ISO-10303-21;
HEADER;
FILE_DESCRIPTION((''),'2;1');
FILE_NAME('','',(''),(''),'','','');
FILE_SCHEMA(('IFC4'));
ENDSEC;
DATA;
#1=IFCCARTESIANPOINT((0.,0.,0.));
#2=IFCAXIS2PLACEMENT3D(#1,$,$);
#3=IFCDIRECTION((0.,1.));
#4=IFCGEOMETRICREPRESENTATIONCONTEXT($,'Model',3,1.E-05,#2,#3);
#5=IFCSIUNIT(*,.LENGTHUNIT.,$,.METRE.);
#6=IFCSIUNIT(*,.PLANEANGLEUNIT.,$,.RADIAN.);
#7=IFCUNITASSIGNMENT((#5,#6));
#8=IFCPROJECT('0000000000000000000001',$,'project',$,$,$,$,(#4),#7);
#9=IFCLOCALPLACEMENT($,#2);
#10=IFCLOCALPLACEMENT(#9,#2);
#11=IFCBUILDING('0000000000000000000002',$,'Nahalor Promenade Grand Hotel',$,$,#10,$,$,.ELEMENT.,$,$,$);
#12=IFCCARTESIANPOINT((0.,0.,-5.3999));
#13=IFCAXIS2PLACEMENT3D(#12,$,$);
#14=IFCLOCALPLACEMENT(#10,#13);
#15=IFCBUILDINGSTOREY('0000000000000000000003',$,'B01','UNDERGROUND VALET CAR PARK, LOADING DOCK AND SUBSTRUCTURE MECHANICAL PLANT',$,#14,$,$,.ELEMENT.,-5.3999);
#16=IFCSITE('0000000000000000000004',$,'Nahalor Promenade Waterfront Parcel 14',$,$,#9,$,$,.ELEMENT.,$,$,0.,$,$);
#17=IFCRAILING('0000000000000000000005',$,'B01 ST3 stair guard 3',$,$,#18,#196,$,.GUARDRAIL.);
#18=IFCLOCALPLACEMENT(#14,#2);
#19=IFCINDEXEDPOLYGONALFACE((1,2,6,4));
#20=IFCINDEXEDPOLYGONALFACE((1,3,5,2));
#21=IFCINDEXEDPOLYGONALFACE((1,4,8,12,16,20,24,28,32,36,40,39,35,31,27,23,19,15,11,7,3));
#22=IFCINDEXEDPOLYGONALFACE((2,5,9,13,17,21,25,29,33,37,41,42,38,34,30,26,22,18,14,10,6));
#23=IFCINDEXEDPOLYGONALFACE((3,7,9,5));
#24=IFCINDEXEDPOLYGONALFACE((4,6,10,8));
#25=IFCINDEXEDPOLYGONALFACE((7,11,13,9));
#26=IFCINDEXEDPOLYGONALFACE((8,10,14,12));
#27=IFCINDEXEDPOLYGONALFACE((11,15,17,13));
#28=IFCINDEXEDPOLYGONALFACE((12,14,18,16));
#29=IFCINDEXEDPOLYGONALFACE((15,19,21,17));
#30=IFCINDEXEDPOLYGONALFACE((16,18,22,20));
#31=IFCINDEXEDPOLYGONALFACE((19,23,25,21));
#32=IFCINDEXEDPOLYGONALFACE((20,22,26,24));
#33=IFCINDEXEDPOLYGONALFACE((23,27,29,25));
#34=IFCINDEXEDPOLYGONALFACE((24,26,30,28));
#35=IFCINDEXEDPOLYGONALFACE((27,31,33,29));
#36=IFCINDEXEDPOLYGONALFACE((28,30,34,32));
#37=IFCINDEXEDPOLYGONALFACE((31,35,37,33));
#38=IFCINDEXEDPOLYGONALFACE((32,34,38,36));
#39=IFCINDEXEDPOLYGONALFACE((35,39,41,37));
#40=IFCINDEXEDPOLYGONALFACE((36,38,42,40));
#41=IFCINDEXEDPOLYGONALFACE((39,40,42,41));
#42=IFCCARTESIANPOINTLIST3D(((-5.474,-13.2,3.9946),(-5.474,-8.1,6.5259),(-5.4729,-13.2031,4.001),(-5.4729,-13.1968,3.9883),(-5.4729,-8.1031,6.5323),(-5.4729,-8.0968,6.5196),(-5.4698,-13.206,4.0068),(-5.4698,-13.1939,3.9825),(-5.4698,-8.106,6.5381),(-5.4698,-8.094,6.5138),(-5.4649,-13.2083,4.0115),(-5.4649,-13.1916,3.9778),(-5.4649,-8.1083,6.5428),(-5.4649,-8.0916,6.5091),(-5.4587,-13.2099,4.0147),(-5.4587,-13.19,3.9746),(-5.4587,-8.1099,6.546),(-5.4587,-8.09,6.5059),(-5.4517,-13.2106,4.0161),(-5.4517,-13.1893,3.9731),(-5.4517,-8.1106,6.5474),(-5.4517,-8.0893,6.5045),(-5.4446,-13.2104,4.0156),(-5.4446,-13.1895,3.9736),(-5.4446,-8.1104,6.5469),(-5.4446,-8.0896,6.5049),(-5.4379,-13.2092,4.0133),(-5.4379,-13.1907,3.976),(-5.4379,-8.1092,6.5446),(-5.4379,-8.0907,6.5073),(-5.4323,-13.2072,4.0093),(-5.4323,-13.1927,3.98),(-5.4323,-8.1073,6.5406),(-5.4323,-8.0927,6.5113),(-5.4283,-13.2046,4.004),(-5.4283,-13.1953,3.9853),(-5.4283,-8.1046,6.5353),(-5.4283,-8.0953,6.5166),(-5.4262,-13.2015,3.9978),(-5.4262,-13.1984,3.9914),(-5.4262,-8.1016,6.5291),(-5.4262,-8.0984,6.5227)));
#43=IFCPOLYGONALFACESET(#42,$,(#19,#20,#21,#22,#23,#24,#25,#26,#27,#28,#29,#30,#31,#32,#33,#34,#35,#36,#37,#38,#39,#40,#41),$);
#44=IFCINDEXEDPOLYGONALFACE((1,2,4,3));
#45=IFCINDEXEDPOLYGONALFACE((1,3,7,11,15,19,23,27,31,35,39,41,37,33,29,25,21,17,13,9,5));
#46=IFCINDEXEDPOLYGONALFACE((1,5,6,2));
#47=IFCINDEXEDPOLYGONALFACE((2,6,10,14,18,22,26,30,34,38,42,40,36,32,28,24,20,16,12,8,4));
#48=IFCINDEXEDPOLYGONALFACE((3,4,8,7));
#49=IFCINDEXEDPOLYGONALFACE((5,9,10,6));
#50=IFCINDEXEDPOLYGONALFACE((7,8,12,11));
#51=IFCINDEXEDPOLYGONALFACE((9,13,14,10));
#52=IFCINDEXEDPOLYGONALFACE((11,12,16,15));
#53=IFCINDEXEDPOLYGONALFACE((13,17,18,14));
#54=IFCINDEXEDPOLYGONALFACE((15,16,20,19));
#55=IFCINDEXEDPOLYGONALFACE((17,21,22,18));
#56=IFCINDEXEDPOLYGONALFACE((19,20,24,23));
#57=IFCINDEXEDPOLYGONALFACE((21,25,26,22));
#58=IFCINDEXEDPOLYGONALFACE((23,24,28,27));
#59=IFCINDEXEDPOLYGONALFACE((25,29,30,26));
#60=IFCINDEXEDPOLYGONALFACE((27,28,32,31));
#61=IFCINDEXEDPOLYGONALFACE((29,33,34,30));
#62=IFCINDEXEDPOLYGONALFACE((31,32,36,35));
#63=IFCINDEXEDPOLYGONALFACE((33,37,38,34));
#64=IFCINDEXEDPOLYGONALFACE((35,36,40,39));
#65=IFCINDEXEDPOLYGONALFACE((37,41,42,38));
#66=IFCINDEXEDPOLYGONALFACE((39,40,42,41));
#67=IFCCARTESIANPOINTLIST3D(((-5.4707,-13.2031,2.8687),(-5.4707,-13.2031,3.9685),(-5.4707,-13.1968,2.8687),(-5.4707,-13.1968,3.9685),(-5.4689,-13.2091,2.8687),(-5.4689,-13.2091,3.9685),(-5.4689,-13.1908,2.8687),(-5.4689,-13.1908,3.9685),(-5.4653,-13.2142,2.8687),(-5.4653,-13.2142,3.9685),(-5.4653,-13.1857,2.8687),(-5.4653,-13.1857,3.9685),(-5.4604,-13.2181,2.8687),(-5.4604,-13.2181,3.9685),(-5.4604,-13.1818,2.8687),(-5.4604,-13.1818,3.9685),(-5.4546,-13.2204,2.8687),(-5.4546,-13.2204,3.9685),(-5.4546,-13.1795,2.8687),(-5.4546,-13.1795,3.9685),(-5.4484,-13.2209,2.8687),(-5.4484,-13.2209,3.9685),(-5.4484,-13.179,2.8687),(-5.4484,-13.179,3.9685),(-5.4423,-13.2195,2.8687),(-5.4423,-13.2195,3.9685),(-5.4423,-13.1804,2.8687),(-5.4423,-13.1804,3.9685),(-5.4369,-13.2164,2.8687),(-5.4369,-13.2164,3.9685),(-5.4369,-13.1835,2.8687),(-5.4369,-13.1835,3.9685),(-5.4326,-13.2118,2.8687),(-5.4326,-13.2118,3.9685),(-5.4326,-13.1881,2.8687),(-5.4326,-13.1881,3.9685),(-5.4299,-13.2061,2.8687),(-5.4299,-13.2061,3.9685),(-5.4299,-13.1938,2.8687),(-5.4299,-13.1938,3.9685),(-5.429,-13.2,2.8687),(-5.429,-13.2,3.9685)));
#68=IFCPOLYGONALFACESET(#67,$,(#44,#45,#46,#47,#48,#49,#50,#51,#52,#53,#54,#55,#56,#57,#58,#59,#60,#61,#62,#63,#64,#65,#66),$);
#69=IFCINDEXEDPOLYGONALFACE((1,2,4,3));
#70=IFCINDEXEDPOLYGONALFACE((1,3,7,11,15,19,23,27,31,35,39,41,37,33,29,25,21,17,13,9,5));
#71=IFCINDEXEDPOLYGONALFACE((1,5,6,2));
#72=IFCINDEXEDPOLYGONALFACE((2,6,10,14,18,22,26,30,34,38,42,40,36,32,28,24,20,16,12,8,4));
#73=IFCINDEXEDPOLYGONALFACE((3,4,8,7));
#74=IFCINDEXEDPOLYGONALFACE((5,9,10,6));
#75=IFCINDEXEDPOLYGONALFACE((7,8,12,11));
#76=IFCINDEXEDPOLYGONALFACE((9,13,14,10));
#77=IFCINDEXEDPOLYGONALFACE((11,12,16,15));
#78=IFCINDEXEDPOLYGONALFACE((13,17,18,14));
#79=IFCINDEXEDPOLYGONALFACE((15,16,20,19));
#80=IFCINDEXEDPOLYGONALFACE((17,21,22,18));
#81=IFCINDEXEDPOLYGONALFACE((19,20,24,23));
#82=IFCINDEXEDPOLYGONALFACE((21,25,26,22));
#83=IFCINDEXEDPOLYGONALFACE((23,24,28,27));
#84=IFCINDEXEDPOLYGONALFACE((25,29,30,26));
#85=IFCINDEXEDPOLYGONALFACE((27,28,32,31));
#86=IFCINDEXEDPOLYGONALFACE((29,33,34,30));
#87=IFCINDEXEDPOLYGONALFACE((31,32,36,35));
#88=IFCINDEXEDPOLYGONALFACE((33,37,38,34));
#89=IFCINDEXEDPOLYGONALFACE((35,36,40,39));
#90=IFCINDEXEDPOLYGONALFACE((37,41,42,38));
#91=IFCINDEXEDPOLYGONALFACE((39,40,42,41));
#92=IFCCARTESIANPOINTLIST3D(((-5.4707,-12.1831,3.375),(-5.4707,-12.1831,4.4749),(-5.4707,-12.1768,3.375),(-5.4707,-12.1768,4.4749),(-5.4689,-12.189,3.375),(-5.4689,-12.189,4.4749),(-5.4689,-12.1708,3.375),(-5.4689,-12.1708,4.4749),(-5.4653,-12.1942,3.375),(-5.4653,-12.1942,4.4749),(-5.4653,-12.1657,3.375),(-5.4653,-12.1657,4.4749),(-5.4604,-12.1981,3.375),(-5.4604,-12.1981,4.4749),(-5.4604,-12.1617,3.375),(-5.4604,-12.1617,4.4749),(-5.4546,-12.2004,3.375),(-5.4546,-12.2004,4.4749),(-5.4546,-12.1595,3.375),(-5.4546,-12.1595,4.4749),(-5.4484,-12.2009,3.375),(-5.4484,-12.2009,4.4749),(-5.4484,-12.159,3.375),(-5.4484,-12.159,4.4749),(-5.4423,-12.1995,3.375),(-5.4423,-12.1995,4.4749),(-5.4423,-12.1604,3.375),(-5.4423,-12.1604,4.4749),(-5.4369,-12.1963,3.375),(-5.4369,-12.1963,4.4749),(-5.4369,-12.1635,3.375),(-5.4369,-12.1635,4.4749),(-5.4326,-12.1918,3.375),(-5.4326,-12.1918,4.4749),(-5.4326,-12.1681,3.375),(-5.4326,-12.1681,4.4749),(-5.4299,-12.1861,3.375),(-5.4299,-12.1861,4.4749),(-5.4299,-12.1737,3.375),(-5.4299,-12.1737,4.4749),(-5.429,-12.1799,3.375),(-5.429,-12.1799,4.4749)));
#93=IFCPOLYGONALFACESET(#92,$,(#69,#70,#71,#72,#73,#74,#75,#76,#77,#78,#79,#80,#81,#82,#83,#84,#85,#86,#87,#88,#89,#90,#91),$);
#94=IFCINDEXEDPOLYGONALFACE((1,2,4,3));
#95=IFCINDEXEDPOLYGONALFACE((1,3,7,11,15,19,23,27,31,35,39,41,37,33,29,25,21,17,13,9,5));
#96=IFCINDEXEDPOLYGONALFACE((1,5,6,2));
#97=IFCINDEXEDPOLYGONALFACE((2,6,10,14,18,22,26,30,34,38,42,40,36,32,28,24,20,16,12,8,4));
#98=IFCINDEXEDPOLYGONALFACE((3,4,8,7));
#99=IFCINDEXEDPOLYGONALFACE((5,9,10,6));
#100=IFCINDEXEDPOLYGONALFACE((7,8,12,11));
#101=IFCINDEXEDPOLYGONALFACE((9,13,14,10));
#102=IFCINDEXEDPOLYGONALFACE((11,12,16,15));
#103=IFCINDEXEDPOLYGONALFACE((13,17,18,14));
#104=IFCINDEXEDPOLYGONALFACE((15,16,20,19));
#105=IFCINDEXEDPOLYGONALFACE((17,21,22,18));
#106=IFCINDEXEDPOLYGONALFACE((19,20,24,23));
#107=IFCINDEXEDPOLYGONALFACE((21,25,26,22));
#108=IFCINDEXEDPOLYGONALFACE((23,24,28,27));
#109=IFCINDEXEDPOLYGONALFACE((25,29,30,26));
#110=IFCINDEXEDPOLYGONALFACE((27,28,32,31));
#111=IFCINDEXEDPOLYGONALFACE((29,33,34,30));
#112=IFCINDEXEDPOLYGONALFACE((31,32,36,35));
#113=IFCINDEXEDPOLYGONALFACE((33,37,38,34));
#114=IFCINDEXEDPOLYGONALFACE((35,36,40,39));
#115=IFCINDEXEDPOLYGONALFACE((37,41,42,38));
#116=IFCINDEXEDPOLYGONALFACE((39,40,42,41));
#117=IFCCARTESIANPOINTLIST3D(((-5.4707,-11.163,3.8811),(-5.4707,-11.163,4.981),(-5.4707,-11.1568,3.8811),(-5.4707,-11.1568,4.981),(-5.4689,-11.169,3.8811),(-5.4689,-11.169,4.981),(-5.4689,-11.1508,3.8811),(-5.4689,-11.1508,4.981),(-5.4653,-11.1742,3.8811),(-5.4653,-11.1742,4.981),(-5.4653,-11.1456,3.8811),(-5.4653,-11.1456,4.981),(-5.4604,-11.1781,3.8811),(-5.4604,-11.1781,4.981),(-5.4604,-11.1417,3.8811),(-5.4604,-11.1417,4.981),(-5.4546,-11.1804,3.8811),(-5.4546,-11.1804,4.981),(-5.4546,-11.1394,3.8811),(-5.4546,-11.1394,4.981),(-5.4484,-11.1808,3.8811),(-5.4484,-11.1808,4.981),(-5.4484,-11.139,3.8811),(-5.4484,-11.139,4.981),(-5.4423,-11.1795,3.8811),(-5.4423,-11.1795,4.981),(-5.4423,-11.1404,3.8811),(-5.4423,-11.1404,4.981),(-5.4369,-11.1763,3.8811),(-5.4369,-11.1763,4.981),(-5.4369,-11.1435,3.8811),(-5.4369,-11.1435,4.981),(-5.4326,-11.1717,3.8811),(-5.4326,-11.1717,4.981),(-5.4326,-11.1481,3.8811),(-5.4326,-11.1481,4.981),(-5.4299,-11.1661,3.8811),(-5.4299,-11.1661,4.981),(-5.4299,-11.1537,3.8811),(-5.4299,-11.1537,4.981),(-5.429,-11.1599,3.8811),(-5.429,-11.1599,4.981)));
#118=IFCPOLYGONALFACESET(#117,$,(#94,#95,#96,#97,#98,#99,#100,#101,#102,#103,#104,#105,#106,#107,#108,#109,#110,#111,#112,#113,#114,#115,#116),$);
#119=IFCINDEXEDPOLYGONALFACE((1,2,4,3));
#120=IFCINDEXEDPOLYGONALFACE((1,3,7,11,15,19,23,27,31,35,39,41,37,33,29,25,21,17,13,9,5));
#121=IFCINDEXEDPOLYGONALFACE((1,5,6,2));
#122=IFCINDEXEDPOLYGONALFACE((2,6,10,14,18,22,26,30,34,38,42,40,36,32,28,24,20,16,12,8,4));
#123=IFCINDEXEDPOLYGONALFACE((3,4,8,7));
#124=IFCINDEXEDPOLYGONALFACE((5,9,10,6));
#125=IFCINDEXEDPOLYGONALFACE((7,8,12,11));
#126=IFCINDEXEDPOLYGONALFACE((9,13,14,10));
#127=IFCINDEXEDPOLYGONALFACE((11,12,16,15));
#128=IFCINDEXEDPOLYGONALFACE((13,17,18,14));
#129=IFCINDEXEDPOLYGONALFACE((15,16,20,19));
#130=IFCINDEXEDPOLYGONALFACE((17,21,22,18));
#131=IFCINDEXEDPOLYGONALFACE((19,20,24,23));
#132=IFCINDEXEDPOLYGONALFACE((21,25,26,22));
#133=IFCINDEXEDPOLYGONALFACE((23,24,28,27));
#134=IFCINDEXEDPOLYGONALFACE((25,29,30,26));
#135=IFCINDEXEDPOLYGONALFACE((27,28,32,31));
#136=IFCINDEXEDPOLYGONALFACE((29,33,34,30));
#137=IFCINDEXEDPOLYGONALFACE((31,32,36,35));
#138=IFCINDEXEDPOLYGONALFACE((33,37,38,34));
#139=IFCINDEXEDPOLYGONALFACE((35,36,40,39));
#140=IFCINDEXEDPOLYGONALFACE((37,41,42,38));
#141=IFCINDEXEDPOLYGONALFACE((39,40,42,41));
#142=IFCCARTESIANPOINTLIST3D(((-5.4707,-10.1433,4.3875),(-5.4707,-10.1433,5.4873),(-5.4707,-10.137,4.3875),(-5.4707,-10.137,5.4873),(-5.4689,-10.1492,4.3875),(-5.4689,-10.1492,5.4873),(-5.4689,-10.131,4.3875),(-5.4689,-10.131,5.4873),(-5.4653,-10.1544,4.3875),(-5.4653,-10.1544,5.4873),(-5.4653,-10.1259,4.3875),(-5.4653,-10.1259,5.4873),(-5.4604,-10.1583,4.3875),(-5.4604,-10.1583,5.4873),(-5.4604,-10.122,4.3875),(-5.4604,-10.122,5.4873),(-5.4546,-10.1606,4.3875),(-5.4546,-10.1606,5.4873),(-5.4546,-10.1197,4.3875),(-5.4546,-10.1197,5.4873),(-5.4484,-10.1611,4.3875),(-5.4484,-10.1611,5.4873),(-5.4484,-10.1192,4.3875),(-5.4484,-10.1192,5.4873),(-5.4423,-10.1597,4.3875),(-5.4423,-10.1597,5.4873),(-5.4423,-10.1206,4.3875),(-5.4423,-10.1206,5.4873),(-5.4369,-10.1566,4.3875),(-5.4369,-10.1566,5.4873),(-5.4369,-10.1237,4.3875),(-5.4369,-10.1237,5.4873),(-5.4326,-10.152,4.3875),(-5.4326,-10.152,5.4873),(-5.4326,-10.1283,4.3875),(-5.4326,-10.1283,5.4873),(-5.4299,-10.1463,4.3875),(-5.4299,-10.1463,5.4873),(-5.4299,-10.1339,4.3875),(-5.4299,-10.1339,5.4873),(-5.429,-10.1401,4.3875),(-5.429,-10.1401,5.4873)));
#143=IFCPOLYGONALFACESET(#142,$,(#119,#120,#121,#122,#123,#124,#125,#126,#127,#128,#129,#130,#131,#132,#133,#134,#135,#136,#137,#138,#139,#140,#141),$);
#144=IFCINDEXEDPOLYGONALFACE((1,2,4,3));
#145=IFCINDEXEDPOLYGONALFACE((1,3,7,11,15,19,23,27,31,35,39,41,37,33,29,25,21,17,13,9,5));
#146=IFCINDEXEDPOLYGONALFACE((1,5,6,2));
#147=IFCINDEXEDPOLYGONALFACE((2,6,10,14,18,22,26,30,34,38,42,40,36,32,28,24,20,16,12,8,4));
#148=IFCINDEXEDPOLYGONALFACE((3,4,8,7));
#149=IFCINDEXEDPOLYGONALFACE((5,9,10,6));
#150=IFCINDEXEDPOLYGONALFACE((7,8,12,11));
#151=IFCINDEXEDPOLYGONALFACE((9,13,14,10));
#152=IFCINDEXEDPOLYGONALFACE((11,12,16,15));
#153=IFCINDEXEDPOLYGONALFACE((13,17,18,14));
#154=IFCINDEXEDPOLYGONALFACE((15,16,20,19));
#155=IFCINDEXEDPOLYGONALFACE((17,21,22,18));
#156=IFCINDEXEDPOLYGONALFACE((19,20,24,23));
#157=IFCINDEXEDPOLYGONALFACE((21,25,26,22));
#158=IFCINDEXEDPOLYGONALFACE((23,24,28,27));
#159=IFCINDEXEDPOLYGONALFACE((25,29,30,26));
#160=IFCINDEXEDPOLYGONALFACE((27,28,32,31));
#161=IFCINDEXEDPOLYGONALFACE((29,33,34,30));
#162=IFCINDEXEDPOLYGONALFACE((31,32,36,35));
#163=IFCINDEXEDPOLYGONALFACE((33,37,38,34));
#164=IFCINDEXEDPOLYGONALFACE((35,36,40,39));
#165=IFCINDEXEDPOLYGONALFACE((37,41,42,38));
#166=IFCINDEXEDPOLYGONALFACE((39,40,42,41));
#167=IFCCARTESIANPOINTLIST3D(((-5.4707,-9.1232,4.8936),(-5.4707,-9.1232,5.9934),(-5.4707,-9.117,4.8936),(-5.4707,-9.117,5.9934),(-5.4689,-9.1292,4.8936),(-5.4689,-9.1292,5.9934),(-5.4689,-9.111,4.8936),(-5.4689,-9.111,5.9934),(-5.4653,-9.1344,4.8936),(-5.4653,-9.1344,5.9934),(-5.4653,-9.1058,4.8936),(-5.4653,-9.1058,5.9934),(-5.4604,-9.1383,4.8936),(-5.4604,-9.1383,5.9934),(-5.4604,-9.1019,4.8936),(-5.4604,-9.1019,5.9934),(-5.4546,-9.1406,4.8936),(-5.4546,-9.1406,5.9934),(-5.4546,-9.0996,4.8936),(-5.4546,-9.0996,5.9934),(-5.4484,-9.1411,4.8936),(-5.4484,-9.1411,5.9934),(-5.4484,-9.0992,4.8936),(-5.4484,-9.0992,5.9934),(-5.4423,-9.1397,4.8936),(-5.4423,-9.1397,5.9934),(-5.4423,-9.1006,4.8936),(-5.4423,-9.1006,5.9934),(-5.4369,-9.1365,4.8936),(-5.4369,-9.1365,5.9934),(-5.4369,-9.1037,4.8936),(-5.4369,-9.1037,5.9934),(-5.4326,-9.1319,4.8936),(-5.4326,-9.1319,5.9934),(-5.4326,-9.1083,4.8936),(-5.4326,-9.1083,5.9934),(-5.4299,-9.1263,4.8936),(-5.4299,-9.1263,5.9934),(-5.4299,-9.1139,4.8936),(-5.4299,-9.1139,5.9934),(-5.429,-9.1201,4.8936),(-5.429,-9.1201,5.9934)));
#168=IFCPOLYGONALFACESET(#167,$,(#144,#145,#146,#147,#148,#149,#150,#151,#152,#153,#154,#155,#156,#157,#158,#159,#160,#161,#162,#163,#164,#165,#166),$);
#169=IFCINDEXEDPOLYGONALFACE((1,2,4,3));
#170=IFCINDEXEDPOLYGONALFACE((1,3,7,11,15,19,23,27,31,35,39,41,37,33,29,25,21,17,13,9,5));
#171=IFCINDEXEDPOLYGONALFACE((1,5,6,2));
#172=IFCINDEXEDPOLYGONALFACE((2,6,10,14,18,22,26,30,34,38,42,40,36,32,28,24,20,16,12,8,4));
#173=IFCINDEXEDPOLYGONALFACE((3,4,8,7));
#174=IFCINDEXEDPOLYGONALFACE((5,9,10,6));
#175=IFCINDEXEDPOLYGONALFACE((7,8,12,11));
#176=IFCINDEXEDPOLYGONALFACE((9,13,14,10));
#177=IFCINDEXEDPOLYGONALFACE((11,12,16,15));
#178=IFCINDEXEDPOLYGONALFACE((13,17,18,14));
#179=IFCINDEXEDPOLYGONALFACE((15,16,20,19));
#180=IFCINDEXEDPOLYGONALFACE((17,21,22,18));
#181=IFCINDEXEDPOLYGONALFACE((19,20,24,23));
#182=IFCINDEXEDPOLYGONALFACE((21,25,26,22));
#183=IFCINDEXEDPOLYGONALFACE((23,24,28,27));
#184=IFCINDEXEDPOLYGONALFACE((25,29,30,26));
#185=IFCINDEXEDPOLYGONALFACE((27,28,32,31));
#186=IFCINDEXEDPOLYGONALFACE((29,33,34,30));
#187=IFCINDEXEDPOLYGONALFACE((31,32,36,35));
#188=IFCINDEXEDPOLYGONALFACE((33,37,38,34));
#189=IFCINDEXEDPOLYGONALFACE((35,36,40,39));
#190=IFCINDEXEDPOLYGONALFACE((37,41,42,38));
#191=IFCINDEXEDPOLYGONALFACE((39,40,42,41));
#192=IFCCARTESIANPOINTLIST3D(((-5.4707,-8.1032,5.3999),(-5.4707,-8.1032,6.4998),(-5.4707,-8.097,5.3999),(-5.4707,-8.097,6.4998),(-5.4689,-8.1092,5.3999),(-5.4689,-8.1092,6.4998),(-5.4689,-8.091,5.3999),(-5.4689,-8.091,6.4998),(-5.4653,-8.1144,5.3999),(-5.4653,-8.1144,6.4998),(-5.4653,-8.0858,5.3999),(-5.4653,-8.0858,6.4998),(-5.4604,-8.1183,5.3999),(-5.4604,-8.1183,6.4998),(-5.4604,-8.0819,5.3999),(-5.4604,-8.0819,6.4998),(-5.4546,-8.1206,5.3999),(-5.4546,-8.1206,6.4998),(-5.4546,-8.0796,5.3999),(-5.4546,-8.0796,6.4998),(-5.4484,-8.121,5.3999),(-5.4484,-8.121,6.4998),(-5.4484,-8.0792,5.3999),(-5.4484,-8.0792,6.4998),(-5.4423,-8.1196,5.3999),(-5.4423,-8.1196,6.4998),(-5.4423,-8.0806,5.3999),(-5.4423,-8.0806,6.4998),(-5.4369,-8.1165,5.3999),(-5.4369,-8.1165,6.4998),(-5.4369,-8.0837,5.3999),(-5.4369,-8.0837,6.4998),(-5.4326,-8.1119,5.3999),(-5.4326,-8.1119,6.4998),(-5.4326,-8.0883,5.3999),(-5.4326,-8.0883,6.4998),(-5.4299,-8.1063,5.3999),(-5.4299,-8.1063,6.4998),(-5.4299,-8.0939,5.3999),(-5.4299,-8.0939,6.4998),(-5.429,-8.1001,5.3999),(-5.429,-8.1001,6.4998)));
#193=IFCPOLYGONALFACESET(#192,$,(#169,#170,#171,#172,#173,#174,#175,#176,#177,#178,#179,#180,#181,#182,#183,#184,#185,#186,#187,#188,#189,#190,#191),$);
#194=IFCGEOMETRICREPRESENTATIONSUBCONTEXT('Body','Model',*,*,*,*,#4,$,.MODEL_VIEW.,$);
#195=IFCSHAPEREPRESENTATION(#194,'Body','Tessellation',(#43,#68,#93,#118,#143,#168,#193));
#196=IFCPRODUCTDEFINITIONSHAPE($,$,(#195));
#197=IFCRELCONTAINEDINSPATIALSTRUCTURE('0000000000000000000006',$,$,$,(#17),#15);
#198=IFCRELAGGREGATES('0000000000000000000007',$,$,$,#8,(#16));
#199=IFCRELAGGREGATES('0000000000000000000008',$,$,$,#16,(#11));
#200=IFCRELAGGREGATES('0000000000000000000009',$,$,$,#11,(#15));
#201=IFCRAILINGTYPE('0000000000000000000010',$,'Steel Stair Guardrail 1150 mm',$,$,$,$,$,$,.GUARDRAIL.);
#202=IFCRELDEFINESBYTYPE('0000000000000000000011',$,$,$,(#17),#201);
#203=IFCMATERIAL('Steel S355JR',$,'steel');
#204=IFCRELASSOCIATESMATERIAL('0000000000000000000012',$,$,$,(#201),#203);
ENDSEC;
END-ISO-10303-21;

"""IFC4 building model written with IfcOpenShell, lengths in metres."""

from ifc_helpers import new_model, si_unit, direction, frame, origin, origin_2d, place, context, subcontext, project, spatial, circle, extrude, material, type_object, element, save


model = new_model("IFC4")

# Units and contexts
model_context = context("Model", 3, precision=1e-05, world=origin(), true_north=direction((0.0, 1.0)))
body_context = subcontext(model_context, "Body", "Model", "MODEL_VIEW")
ifc_project = project(units=[si_unit("LENGTHUNIT", "METRE"), si_unit("PLANEANGLEUNIT", "RADIAN")], contexts=[model_context])

# Site, building, storey
site_placement = place(None, origin())
site = spatial("IfcSite", under=ifc_project, at=site_placement, Name="Nahalor Promenade Waterfront Parcel 14", CompositionType="ELEMENT", RefElevation=0.0)
building_placement = place(site_placement, origin())
building = spatial("IfcBuilding", under=site, at=building_placement, Name="Nahalor Promenade Grand Hotel", CompositionType="ELEMENT")
storey_placement = place(building_placement, frame((0.0, 0.0, -5.3999)))
storey = spatial("IfcBuildingStorey", under=building, at=storey_placement, Name="B01", Description="UNDERGROUND VALET CAR PARK, LOADING DOCK AND SUBSTRUCTURE MECHANICAL PLANT", CompositionType="ELEMENT", Elevation=-5.3999)

# Shared definitions
ifc_material_1 = material(Name="Steel S355JR", Category="steel")

# Railing
railing_type_1 = type_object("IfcRailingType", Name="Steel Stair Guardrail 1150 mm", PredefinedType="GUARDRAIL", material=ifc_material_1)
railing_1_placement = place(storey_placement, frame((-5.45, -13.2, 2.8687)))
element("IfcRailing", 1, at=railing_1_placement, inside=storey, type_object=railing_type_1, Name="B01 ST3 stair guard 3", PredefinedType="GUARDRAIL", context=body_context, shape_type="SweptSolid", body=[
    extrude(circle(Radius=0.024, at=origin_2d()), frame((0.0, 0.0, 1.126), z_axis=(0.0, 0.895735, 0.444587), x_axis=(-1.0, 0.0, 0.0)), (0.0, 0.0, 1.0), 5.6936),
    extrude(circle(Radius=0.021, at=origin_2d()), origin(), (0.0, 0.0, 1.0), 1.0999),
    extrude(circle(Radius=0.021, at=origin_2d()), frame((0.0, 1.02, 0.5063)), (0.0, 0.0, 1.0), 1.0999),
    extrude(circle(Radius=0.021, at=origin_2d()), frame((0.0, 2.04, 1.0125)), (0.0, 0.0, 1.0), 1.0999),
    extrude(circle(Radius=0.021, at=origin_2d()), frame((0.0, 3.0598, 1.5188)), (0.0, 0.0, 1.0), 1.0999),
    extrude(circle(Radius=0.021, at=origin_2d()), frame((0.0, 4.0798, 2.0249)), (0.0, 0.0, 1.0), 1.0999),
    extrude(circle(Radius=0.021, at=origin_2d()), frame((0.0, 5.0999, 2.5312)), (0.0, 0.0, 1.0), 1.0999),
])

save(model, "model.ifc")
